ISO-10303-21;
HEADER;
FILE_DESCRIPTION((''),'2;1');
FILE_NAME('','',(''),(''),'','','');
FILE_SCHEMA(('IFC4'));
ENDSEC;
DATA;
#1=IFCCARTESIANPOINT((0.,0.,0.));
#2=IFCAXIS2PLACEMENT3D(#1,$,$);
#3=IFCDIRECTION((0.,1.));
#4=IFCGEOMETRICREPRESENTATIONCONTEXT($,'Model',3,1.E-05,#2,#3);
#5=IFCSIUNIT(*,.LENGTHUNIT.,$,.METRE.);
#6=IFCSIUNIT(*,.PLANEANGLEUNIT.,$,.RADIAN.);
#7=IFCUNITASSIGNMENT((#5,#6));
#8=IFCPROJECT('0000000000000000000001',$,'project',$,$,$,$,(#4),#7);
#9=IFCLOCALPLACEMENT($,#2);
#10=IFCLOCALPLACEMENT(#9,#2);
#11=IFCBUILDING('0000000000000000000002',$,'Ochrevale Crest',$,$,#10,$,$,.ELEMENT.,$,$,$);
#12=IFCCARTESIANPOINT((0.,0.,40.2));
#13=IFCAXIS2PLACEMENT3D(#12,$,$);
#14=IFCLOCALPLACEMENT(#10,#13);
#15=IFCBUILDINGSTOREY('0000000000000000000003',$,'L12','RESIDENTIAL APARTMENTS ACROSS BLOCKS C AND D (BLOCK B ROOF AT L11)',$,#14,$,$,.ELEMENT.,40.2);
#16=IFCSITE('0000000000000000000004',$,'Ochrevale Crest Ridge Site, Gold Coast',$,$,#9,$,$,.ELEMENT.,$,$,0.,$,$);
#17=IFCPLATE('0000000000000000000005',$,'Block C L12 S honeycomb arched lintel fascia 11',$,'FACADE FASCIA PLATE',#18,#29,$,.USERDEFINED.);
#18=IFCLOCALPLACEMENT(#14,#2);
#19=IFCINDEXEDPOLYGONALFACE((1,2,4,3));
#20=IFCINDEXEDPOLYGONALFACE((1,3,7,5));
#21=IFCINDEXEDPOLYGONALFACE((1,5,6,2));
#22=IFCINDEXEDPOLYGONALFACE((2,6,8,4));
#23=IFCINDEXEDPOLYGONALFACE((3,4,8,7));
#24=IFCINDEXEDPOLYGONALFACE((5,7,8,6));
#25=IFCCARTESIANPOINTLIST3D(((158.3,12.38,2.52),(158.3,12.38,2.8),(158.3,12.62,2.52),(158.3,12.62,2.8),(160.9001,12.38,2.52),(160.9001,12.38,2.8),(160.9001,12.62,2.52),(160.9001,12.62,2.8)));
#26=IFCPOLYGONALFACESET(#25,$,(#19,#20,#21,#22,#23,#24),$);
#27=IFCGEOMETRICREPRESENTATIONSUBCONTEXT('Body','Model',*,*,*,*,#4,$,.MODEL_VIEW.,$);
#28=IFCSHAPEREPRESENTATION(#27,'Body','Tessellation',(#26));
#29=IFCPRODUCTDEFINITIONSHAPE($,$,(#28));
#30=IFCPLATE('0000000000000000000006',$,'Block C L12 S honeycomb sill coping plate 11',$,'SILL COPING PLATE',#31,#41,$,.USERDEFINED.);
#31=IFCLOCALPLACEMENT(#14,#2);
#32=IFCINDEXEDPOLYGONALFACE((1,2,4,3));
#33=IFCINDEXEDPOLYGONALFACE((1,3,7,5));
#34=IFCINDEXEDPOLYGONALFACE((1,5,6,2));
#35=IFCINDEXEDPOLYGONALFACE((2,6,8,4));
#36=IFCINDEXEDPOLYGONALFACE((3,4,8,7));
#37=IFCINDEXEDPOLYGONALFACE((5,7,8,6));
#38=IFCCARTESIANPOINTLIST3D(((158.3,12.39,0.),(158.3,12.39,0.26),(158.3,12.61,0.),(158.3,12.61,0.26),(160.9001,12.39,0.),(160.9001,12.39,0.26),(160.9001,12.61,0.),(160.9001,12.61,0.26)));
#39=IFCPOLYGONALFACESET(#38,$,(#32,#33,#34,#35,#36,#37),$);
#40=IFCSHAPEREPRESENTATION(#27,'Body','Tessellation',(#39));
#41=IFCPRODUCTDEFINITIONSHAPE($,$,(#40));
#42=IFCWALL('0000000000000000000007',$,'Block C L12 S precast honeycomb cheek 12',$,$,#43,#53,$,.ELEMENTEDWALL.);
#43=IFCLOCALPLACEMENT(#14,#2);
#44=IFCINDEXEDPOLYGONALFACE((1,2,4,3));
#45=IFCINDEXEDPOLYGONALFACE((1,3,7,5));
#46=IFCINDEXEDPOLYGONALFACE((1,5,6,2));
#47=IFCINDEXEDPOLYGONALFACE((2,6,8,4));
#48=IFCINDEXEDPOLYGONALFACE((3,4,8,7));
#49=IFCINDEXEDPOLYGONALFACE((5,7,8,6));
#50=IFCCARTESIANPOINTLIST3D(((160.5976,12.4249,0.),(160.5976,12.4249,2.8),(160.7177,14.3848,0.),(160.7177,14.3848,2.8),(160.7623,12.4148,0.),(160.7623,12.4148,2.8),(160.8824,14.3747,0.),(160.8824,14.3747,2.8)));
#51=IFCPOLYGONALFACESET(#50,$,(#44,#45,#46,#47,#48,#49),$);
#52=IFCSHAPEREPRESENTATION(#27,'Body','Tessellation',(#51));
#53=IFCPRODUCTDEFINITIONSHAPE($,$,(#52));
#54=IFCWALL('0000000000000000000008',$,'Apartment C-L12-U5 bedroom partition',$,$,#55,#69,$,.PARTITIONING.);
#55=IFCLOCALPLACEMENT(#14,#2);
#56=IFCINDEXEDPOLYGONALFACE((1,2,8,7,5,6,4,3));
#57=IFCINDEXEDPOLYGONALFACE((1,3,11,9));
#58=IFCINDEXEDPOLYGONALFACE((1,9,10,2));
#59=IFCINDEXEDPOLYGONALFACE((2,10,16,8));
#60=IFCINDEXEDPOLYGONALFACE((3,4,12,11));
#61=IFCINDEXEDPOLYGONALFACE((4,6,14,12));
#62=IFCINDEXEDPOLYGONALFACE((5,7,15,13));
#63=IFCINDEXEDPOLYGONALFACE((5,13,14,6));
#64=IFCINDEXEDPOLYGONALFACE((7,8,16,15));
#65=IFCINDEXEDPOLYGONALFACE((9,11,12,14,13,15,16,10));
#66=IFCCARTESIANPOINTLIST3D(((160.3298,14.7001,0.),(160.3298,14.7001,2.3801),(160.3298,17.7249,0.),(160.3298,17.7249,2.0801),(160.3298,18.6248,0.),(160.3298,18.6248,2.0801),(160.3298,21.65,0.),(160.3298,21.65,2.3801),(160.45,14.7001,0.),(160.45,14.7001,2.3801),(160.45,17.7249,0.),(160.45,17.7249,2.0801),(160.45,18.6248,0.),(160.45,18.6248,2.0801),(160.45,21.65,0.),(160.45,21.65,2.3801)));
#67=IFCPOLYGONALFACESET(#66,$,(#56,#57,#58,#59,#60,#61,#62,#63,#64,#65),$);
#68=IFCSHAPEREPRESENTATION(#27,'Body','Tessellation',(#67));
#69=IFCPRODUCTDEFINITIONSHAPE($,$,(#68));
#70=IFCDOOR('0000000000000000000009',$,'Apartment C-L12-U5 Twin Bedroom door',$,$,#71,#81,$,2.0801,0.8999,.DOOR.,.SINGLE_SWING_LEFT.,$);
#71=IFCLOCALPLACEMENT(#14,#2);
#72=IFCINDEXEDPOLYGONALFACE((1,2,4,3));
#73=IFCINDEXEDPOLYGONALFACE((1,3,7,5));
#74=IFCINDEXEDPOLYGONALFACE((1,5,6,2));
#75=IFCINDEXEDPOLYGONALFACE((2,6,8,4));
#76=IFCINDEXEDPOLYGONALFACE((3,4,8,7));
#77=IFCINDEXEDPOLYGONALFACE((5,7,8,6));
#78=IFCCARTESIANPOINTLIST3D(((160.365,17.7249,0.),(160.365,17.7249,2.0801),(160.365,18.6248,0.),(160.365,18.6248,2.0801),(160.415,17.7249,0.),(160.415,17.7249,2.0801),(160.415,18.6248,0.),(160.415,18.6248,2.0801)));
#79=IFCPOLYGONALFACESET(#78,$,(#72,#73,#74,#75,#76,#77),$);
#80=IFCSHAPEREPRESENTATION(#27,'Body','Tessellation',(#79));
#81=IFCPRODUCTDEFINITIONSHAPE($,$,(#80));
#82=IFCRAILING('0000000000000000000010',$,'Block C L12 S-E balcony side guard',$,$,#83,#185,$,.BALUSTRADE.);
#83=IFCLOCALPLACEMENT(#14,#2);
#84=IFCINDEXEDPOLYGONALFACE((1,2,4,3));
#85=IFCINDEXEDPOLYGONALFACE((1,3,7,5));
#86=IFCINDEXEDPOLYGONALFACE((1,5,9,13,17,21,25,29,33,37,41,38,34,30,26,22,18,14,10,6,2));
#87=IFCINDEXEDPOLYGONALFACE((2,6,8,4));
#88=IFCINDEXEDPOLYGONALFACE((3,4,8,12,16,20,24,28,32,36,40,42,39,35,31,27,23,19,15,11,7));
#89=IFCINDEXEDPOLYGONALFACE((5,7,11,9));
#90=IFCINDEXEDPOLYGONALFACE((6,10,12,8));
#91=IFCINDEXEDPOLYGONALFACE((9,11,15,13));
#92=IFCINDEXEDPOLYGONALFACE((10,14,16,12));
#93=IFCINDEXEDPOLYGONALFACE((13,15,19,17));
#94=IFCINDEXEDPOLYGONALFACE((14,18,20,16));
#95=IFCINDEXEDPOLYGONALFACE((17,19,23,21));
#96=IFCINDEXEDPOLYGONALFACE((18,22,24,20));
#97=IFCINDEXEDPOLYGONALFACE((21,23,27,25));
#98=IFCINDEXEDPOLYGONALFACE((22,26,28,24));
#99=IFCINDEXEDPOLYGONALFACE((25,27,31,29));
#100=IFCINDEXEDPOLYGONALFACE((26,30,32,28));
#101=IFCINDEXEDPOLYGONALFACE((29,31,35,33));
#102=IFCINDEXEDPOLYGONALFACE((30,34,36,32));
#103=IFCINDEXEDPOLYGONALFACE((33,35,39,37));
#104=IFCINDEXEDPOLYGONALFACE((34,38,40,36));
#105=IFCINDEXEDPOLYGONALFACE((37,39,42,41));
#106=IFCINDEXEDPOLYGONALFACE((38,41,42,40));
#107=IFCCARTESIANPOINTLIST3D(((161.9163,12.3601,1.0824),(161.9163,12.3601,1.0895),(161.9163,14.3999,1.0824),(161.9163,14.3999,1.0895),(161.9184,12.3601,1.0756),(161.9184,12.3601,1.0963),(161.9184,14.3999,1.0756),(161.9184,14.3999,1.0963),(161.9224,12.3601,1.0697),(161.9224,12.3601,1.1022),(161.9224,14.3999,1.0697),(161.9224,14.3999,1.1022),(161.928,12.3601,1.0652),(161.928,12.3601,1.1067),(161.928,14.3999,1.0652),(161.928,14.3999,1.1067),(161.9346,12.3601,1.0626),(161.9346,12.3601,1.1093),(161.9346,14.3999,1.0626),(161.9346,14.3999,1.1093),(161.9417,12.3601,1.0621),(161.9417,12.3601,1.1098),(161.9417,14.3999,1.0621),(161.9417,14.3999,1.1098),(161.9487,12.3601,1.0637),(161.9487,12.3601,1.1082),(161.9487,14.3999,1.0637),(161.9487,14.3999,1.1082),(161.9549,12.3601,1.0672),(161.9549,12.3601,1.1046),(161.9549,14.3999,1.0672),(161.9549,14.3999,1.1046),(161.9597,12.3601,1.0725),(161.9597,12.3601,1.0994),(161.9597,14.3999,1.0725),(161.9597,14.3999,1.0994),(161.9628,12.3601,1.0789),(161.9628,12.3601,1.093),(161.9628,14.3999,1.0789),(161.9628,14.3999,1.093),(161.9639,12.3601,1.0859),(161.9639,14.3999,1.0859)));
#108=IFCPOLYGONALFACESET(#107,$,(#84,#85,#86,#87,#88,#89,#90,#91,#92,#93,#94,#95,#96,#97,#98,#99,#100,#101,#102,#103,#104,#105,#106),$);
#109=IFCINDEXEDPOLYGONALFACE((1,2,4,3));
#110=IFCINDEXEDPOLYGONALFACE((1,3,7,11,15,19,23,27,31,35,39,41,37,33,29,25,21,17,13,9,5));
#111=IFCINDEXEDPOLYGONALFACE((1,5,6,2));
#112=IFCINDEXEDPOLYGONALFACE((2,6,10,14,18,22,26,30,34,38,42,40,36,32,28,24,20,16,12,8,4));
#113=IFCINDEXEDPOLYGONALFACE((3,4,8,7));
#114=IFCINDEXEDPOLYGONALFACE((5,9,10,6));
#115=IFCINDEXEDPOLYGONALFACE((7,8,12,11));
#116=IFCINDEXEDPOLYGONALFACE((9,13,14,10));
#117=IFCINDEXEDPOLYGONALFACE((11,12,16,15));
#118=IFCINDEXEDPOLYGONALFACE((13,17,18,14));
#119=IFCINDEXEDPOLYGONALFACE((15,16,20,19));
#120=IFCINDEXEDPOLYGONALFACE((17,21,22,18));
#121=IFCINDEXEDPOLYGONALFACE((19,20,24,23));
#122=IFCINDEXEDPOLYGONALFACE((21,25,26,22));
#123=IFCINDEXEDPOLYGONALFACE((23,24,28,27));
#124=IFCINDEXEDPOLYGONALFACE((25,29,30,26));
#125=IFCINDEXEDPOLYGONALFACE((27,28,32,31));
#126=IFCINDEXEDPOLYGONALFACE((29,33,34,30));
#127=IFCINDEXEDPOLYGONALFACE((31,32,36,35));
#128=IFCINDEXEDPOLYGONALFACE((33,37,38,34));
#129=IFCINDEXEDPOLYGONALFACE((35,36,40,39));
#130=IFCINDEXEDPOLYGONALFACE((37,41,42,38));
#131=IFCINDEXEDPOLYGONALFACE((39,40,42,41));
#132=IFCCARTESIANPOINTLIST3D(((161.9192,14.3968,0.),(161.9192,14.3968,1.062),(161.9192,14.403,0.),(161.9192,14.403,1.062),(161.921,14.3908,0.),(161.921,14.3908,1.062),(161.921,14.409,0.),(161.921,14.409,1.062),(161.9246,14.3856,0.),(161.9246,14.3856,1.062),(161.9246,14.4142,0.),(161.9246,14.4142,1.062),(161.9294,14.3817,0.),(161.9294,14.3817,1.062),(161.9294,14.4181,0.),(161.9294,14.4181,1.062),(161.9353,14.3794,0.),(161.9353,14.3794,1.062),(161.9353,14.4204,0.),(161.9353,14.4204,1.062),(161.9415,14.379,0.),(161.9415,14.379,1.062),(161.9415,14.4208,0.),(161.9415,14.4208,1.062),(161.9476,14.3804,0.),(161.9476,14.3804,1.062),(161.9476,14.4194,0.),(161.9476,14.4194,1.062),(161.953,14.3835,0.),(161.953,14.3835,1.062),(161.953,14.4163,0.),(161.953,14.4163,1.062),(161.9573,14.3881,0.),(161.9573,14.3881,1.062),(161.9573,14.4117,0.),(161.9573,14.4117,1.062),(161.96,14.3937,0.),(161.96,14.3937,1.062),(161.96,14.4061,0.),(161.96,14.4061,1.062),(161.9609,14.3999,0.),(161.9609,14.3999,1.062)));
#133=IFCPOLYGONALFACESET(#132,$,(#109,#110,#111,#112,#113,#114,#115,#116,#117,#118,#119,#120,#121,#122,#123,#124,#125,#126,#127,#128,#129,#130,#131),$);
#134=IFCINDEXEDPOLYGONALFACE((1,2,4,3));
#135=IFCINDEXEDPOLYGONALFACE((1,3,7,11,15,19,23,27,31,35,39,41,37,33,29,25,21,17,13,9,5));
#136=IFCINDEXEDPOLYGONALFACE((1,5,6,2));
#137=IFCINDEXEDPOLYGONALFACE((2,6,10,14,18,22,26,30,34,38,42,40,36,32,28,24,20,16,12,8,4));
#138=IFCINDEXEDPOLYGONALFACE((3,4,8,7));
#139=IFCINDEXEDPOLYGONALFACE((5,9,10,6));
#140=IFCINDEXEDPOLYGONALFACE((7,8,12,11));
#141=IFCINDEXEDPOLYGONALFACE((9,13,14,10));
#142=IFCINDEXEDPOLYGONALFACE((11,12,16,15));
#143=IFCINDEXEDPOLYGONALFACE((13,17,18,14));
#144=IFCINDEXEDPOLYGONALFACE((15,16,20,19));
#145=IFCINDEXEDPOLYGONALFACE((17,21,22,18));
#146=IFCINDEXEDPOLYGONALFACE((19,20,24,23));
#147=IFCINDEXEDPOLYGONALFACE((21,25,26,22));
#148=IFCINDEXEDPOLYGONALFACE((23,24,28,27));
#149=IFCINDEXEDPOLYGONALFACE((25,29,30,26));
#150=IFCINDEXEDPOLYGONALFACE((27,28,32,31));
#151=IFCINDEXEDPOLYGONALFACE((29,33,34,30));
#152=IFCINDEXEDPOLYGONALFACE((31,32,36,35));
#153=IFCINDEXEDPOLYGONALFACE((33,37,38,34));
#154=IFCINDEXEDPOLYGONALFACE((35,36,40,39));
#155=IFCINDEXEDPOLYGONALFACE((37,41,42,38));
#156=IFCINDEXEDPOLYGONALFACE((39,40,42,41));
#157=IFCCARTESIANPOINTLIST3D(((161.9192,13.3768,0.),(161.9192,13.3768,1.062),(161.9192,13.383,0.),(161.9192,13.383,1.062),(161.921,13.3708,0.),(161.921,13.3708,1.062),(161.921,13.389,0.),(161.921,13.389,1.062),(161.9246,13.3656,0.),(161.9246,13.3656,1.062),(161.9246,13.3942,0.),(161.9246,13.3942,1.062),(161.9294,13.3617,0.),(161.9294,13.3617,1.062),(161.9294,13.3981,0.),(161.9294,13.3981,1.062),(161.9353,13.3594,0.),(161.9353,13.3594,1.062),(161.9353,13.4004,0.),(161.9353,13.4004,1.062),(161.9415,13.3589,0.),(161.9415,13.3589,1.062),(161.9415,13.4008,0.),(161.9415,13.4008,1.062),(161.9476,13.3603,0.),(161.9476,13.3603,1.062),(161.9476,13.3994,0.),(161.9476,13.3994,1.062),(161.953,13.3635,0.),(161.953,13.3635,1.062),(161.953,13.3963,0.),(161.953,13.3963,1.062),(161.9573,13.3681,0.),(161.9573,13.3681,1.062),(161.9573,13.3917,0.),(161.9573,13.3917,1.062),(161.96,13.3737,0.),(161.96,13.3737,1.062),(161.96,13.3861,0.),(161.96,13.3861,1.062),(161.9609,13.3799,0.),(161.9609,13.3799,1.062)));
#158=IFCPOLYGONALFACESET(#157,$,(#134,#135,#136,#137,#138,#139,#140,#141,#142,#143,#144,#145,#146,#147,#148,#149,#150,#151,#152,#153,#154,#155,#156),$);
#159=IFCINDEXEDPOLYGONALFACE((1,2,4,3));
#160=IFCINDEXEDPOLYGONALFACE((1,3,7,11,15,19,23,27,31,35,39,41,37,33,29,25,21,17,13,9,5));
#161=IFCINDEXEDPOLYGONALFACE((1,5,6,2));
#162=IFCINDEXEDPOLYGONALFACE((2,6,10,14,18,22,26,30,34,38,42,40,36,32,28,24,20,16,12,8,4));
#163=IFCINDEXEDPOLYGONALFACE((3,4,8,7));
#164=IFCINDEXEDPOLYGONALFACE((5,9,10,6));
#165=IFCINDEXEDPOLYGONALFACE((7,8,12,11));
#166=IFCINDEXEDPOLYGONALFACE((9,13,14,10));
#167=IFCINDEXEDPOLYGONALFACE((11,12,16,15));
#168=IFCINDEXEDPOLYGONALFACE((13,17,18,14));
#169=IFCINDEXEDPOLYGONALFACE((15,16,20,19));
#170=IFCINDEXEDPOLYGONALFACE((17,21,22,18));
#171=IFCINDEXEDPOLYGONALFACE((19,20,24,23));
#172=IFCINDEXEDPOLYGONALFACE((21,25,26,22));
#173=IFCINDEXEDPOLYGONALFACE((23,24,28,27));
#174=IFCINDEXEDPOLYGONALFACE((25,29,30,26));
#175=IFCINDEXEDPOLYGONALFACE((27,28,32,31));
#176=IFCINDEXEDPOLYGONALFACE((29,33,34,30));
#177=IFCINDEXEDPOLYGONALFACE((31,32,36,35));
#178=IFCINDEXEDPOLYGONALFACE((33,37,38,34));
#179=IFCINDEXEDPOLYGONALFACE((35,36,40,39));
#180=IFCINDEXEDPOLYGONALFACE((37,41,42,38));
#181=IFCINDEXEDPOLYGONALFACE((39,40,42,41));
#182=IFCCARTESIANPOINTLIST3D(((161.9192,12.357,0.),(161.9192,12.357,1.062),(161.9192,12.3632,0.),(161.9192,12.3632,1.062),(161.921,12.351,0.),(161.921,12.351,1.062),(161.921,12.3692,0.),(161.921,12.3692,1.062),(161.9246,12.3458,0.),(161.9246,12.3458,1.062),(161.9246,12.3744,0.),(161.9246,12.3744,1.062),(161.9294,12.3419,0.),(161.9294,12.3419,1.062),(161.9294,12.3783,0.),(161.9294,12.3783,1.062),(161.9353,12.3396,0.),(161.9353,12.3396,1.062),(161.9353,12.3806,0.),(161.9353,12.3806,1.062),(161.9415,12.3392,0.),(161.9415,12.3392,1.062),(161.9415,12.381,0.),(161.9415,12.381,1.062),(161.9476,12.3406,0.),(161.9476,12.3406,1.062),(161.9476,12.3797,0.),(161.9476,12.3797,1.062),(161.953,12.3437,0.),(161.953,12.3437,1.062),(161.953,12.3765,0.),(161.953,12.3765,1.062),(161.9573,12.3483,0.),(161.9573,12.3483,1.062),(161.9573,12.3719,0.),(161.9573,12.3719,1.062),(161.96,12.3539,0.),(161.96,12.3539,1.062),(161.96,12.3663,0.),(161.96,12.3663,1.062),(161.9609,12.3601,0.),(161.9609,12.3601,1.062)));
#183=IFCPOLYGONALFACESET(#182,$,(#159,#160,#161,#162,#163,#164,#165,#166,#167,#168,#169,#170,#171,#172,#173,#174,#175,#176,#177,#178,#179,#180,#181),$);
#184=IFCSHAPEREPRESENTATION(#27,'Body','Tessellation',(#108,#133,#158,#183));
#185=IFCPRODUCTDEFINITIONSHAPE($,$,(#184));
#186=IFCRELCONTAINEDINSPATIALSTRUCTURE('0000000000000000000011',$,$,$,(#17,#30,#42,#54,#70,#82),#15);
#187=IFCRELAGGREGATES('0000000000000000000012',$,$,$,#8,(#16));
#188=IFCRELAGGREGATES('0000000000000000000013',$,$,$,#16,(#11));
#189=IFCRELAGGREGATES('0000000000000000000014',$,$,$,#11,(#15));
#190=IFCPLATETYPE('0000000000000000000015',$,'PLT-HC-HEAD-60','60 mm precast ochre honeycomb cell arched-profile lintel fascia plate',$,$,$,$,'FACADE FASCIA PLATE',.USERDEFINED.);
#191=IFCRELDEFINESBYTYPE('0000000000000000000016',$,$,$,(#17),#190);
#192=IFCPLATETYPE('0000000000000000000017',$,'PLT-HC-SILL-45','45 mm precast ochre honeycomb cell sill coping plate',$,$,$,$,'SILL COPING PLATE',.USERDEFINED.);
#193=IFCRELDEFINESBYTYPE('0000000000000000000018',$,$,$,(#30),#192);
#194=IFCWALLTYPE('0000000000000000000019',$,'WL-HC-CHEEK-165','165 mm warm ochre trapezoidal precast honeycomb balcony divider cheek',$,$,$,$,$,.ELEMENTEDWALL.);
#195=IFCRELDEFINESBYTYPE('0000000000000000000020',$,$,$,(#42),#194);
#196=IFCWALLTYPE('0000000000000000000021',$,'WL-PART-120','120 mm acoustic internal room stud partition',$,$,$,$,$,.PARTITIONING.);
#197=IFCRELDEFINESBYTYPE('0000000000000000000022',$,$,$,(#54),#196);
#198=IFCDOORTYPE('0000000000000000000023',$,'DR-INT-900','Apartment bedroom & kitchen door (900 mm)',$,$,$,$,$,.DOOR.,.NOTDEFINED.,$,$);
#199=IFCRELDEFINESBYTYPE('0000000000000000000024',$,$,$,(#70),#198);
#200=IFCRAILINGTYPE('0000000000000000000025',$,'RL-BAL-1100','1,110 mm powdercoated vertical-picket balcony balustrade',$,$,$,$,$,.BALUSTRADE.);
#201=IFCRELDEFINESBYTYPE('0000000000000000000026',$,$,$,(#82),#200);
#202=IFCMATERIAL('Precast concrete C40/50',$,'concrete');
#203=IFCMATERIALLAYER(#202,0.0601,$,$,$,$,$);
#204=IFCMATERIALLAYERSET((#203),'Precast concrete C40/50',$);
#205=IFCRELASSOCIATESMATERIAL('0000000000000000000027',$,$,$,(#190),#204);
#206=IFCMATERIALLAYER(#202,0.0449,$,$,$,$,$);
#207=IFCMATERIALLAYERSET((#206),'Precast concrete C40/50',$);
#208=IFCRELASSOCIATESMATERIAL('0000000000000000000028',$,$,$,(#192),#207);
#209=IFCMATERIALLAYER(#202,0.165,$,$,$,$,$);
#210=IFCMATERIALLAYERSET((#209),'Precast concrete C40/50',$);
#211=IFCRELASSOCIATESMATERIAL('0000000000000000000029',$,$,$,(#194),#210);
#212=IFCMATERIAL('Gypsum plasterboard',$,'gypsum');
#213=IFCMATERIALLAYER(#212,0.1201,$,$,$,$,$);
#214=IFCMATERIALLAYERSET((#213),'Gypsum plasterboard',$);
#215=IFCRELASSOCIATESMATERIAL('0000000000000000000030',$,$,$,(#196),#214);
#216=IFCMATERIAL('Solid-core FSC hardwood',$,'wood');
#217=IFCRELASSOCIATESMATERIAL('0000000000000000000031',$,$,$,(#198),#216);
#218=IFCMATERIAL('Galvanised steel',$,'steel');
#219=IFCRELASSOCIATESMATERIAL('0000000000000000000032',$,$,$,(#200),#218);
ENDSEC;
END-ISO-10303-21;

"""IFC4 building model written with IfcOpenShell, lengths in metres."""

from ifc_helpers import new_model, si_unit, direction, frame, frame_2d, origin, origin_2d, place, context, subcontext, project, spatial, rectangle, circle, extrude, material, layer, layer_set, type_object, element, fill, save


model = new_model("IFC4")

# Units and contexts
model_context = context("Model", 3, precision=1e-05, world=origin(), true_north=direction((0.0, 1.0)))
body_context = subcontext(model_context, "Body", "Model", "MODEL_VIEW")
ifc_project = project(units=[si_unit("LENGTHUNIT", "METRE"), si_unit("PLANEANGLEUNIT", "RADIAN")], contexts=[model_context])

# Site, building, storey
site_placement = place(None, origin())
site = spatial("IfcSite", under=ifc_project, at=site_placement, Name="Ochrevale Crest Ridge Site, Gold Coast", CompositionType="ELEMENT", RefElevation=0.0)
building_placement = place(site_placement, origin())
building = spatial("IfcBuilding", under=site, at=building_placement, Name="Ochrevale Crest", CompositionType="ELEMENT")
storey_placement = place(building_placement, frame((0.0, 0.0, 40.2)))
storey = spatial("IfcBuildingStorey", under=building, at=storey_placement, Name="L12", Description="RESIDENTIAL APARTMENTS ACROSS BLOCKS C AND D (BLOCK B ROOF AT L11)", CompositionType="ELEMENT", Elevation=40.2)

# Plates
ifc_material_1 = material(Name="Precast concrete C40/50", Category="concrete")
ifc_layer_1 = layer(ifc_material_1, 0.0601)
ifc_layer_set_1 = layer_set([ifc_layer_1], Name="Precast concrete C40/50")
plate_type_1 = type_object("IfcPlateType", Name="PLT-HC-HEAD-60", Description="60 mm precast ochre honeycomb cell arched-profile lintel fascia plate", ElementType="FACADE FASCIA PLATE", PredefinedType="USERDEFINED", material=ifc_layer_set_1)
plate_1_placement = place(storey_placement, frame((159.6001, 12.5, 2.52), z_axis=(0.0, 0.0, 1.0), x_axis=(1.0, 0.0, 0.0)))
element("IfcPlate", 1, at=plate_1_placement, inside=storey, type_object=plate_type_1, Name="Block C L12 S honeycomb arched lintel fascia 11", ObjectType="FACADE FASCIA PLATE", PredefinedType="USERDEFINED", context=body_context, shape_type="SweptSolid", body=[
    extrude(rectangle(XDim=2.6001, YDim=0.24, at=origin_2d()), origin(), (0.0, 0.0, 1.0), 0.28),
])
ifc_layer_2 = layer(ifc_material_1, 0.0449)
ifc_layer_set_2 = layer_set([ifc_layer_2], Name="Precast concrete C40/50")
plate_type_2 = type_object("IfcPlateType", Name="PLT-HC-SILL-45", Description="45 mm precast ochre honeycomb cell sill coping plate", ElementType="SILL COPING PLATE", PredefinedType="USERDEFINED", material=ifc_layer_set_2)
plate_2_placement = place(storey_placement, frame((159.6001, 12.5, 0.0), z_axis=(0.0, 0.0, 1.0), x_axis=(1.0, 0.0, 0.0)))
element("IfcPlate", 2, at=plate_2_placement, inside=storey, type_object=plate_type_2, Name="Block C L12 S honeycomb sill coping plate 11", ObjectType="SILL COPING PLATE", PredefinedType="USERDEFINED", context=body_context, shape_type="SweptSolid", body=[
    extrude(rectangle(XDim=2.6001, YDim=0.22, at=origin_2d()), origin(), (0.0, 0.0, 1.0), 0.26),
])

# Wall
ifc_layer_3 = layer(ifc_material_1, 0.165)
ifc_layer_set_3 = layer_set([ifc_layer_3], Name="Precast concrete C40/50")
wall_type_1 = type_object("IfcWallType", Name="WL-HC-CHEEK-165", Description="165 mm warm ochre trapezoidal precast honeycomb balcony divider cheek", PredefinedType="ELEMENTEDWALL", material=ifc_layer_set_3)
wall_1_placement = place(storey_placement, frame((160.8, 14.3799, 0.0), z_axis=(0.0, 0.0, 1.0), x_axis=(-0.061171, -0.998127, 0.0)))
element("IfcWall", 3, at=wall_1_placement, inside=storey, type_object=wall_type_1, Name="Block C L12 S precast honeycomb cheek 12", PredefinedType="ELEMENTEDWALL", context=body_context, shape_type="SweptSolid", body=[
    extrude(rectangle(XDim=1.9636, YDim=0.165, at=frame_2d((0.9819, 0.0))), origin(), (0.0, 0.0, 1.0), 2.8),
])

# Wall, opening, door
ifc_material_2 = material(Name="Gypsum plasterboard", Category="gypsum")
ifc_layer_4 = layer(ifc_material_2, 0.1201)
ifc_layer_set_4 = layer_set([ifc_layer_4], Name="Gypsum plasterboard")
wall_type_2 = type_object("IfcWallType", Name="WL-PART-120", Description="120 mm acoustic internal room stud partition", PredefinedType="PARTITIONING", material=ifc_layer_set_4)
wall_2_placement = place(storey_placement, frame((160.3899, 14.7, 0.0), z_axis=(0.0, 0.0, 1.0), x_axis=(0.0, 1.0, 0.0)))
wall_2 = element("IfcWall", 4, at=wall_2_placement, inside=storey, type_object=wall_type_2, Name="Apartment C-L12-U5 bedroom partition", PredefinedType="PARTITIONING", context=body_context, shape_type="SweptSolid", body=[
    extrude(rectangle(XDim=6.95, YDim=0.1201, at=frame_2d((3.4751, 0.0))), origin(), (0.0, 0.0, 1.0), 2.3801),
])
opening_placement = place(wall_2_placement, frame((3.0249, 0.0, 0.0)))
opening = element("IfcOpeningElement", 5, at=opening_placement, cuts=wall_2, PredefinedType="OPENING", context=body_context, shape_type="SweptSolid", body=[
    extrude(rectangle(XDim=0.8999, YDim=2.0801, at=frame_2d((0.45, 1.04))), frame((0.0, 0.0701, 0.0), z_axis=(0.0, -1.0, 0.0), x_axis=(1.0, 0.0, 0.0)), (0.0, 0.0, 1.0), 0.1401),
])
ifc_material_3 = material(Name="Solid-core FSC hardwood", Category="wood")
door_type = type_object("IfcDoorType", Name="DR-INT-900", Description="Apartment bedroom & kitchen door (900 mm)", OperationType="NOTDEFINED", PredefinedType="DOOR", material=ifc_material_3)
door_placement = place(opening_placement, origin())
door = element("IfcDoor", 6, at=door_placement, inside=storey, type_object=door_type, Name="Apartment C-L12-U5 Twin Bedroom door", OperationType="SINGLE_SWING_LEFT", OverallHeight=2.0801, OverallWidth=0.8999, PredefinedType="DOOR", context=body_context, shape_type="SweptSolid", body=[
    extrude(rectangle(XDim=0.8999, YDim=2.0801, at=frame_2d((0.45, 1.04))), frame((0.0, 0.0249, 0.0), z_axis=(0.0, -1.0, 0.0), x_axis=(1.0, 0.0, 0.0)), (0.0, 0.0, 1.0), 0.05),
])
fill(opening, door)

# Railing
ifc_material_4 = material(Name="Galvanised steel", Category="steel")
railing_type = type_object("IfcRailingType", Name="RL-BAL-1100", Description="1,110 mm powdercoated vertical-picket balcony balustrade", PredefinedType="BALUSTRADE", material=ifc_material_4)
railing_placement = place(storey_placement, frame((161.9399, 14.3999, 0.0)))
element("IfcRailing", 7, at=railing_placement, inside=storey, type_object=railing_type, Name="Block C L12 S-E balcony side guard", PredefinedType="BALUSTRADE", context=body_context, shape_type="SweptSolid", body=[
    extrude(circle(Radius=0.0239, at=origin_2d()), frame((0.0, 0.0, 1.0859), z_axis=(0.0, -1.0, 0.0), x_axis=(1.0, 0.0, 0.0)), (0.0, 0.0, 1.0), 2.0398),
    extrude(circle(Radius=0.021, at=origin_2d()), origin(), (0.0, 0.0, 1.0), 1.062),
    extrude(circle(Radius=0.021, at=origin_2d()), frame((0.0, -1.02, 0.0)), (0.0, 0.0, 1.0), 1.062),
    extrude(circle(Radius=0.021, at=origin_2d()), frame((0.0, -2.0398, 0.0)), (0.0, 0.0, 1.0), 1.062),
])

save(model, "model.ifc")
